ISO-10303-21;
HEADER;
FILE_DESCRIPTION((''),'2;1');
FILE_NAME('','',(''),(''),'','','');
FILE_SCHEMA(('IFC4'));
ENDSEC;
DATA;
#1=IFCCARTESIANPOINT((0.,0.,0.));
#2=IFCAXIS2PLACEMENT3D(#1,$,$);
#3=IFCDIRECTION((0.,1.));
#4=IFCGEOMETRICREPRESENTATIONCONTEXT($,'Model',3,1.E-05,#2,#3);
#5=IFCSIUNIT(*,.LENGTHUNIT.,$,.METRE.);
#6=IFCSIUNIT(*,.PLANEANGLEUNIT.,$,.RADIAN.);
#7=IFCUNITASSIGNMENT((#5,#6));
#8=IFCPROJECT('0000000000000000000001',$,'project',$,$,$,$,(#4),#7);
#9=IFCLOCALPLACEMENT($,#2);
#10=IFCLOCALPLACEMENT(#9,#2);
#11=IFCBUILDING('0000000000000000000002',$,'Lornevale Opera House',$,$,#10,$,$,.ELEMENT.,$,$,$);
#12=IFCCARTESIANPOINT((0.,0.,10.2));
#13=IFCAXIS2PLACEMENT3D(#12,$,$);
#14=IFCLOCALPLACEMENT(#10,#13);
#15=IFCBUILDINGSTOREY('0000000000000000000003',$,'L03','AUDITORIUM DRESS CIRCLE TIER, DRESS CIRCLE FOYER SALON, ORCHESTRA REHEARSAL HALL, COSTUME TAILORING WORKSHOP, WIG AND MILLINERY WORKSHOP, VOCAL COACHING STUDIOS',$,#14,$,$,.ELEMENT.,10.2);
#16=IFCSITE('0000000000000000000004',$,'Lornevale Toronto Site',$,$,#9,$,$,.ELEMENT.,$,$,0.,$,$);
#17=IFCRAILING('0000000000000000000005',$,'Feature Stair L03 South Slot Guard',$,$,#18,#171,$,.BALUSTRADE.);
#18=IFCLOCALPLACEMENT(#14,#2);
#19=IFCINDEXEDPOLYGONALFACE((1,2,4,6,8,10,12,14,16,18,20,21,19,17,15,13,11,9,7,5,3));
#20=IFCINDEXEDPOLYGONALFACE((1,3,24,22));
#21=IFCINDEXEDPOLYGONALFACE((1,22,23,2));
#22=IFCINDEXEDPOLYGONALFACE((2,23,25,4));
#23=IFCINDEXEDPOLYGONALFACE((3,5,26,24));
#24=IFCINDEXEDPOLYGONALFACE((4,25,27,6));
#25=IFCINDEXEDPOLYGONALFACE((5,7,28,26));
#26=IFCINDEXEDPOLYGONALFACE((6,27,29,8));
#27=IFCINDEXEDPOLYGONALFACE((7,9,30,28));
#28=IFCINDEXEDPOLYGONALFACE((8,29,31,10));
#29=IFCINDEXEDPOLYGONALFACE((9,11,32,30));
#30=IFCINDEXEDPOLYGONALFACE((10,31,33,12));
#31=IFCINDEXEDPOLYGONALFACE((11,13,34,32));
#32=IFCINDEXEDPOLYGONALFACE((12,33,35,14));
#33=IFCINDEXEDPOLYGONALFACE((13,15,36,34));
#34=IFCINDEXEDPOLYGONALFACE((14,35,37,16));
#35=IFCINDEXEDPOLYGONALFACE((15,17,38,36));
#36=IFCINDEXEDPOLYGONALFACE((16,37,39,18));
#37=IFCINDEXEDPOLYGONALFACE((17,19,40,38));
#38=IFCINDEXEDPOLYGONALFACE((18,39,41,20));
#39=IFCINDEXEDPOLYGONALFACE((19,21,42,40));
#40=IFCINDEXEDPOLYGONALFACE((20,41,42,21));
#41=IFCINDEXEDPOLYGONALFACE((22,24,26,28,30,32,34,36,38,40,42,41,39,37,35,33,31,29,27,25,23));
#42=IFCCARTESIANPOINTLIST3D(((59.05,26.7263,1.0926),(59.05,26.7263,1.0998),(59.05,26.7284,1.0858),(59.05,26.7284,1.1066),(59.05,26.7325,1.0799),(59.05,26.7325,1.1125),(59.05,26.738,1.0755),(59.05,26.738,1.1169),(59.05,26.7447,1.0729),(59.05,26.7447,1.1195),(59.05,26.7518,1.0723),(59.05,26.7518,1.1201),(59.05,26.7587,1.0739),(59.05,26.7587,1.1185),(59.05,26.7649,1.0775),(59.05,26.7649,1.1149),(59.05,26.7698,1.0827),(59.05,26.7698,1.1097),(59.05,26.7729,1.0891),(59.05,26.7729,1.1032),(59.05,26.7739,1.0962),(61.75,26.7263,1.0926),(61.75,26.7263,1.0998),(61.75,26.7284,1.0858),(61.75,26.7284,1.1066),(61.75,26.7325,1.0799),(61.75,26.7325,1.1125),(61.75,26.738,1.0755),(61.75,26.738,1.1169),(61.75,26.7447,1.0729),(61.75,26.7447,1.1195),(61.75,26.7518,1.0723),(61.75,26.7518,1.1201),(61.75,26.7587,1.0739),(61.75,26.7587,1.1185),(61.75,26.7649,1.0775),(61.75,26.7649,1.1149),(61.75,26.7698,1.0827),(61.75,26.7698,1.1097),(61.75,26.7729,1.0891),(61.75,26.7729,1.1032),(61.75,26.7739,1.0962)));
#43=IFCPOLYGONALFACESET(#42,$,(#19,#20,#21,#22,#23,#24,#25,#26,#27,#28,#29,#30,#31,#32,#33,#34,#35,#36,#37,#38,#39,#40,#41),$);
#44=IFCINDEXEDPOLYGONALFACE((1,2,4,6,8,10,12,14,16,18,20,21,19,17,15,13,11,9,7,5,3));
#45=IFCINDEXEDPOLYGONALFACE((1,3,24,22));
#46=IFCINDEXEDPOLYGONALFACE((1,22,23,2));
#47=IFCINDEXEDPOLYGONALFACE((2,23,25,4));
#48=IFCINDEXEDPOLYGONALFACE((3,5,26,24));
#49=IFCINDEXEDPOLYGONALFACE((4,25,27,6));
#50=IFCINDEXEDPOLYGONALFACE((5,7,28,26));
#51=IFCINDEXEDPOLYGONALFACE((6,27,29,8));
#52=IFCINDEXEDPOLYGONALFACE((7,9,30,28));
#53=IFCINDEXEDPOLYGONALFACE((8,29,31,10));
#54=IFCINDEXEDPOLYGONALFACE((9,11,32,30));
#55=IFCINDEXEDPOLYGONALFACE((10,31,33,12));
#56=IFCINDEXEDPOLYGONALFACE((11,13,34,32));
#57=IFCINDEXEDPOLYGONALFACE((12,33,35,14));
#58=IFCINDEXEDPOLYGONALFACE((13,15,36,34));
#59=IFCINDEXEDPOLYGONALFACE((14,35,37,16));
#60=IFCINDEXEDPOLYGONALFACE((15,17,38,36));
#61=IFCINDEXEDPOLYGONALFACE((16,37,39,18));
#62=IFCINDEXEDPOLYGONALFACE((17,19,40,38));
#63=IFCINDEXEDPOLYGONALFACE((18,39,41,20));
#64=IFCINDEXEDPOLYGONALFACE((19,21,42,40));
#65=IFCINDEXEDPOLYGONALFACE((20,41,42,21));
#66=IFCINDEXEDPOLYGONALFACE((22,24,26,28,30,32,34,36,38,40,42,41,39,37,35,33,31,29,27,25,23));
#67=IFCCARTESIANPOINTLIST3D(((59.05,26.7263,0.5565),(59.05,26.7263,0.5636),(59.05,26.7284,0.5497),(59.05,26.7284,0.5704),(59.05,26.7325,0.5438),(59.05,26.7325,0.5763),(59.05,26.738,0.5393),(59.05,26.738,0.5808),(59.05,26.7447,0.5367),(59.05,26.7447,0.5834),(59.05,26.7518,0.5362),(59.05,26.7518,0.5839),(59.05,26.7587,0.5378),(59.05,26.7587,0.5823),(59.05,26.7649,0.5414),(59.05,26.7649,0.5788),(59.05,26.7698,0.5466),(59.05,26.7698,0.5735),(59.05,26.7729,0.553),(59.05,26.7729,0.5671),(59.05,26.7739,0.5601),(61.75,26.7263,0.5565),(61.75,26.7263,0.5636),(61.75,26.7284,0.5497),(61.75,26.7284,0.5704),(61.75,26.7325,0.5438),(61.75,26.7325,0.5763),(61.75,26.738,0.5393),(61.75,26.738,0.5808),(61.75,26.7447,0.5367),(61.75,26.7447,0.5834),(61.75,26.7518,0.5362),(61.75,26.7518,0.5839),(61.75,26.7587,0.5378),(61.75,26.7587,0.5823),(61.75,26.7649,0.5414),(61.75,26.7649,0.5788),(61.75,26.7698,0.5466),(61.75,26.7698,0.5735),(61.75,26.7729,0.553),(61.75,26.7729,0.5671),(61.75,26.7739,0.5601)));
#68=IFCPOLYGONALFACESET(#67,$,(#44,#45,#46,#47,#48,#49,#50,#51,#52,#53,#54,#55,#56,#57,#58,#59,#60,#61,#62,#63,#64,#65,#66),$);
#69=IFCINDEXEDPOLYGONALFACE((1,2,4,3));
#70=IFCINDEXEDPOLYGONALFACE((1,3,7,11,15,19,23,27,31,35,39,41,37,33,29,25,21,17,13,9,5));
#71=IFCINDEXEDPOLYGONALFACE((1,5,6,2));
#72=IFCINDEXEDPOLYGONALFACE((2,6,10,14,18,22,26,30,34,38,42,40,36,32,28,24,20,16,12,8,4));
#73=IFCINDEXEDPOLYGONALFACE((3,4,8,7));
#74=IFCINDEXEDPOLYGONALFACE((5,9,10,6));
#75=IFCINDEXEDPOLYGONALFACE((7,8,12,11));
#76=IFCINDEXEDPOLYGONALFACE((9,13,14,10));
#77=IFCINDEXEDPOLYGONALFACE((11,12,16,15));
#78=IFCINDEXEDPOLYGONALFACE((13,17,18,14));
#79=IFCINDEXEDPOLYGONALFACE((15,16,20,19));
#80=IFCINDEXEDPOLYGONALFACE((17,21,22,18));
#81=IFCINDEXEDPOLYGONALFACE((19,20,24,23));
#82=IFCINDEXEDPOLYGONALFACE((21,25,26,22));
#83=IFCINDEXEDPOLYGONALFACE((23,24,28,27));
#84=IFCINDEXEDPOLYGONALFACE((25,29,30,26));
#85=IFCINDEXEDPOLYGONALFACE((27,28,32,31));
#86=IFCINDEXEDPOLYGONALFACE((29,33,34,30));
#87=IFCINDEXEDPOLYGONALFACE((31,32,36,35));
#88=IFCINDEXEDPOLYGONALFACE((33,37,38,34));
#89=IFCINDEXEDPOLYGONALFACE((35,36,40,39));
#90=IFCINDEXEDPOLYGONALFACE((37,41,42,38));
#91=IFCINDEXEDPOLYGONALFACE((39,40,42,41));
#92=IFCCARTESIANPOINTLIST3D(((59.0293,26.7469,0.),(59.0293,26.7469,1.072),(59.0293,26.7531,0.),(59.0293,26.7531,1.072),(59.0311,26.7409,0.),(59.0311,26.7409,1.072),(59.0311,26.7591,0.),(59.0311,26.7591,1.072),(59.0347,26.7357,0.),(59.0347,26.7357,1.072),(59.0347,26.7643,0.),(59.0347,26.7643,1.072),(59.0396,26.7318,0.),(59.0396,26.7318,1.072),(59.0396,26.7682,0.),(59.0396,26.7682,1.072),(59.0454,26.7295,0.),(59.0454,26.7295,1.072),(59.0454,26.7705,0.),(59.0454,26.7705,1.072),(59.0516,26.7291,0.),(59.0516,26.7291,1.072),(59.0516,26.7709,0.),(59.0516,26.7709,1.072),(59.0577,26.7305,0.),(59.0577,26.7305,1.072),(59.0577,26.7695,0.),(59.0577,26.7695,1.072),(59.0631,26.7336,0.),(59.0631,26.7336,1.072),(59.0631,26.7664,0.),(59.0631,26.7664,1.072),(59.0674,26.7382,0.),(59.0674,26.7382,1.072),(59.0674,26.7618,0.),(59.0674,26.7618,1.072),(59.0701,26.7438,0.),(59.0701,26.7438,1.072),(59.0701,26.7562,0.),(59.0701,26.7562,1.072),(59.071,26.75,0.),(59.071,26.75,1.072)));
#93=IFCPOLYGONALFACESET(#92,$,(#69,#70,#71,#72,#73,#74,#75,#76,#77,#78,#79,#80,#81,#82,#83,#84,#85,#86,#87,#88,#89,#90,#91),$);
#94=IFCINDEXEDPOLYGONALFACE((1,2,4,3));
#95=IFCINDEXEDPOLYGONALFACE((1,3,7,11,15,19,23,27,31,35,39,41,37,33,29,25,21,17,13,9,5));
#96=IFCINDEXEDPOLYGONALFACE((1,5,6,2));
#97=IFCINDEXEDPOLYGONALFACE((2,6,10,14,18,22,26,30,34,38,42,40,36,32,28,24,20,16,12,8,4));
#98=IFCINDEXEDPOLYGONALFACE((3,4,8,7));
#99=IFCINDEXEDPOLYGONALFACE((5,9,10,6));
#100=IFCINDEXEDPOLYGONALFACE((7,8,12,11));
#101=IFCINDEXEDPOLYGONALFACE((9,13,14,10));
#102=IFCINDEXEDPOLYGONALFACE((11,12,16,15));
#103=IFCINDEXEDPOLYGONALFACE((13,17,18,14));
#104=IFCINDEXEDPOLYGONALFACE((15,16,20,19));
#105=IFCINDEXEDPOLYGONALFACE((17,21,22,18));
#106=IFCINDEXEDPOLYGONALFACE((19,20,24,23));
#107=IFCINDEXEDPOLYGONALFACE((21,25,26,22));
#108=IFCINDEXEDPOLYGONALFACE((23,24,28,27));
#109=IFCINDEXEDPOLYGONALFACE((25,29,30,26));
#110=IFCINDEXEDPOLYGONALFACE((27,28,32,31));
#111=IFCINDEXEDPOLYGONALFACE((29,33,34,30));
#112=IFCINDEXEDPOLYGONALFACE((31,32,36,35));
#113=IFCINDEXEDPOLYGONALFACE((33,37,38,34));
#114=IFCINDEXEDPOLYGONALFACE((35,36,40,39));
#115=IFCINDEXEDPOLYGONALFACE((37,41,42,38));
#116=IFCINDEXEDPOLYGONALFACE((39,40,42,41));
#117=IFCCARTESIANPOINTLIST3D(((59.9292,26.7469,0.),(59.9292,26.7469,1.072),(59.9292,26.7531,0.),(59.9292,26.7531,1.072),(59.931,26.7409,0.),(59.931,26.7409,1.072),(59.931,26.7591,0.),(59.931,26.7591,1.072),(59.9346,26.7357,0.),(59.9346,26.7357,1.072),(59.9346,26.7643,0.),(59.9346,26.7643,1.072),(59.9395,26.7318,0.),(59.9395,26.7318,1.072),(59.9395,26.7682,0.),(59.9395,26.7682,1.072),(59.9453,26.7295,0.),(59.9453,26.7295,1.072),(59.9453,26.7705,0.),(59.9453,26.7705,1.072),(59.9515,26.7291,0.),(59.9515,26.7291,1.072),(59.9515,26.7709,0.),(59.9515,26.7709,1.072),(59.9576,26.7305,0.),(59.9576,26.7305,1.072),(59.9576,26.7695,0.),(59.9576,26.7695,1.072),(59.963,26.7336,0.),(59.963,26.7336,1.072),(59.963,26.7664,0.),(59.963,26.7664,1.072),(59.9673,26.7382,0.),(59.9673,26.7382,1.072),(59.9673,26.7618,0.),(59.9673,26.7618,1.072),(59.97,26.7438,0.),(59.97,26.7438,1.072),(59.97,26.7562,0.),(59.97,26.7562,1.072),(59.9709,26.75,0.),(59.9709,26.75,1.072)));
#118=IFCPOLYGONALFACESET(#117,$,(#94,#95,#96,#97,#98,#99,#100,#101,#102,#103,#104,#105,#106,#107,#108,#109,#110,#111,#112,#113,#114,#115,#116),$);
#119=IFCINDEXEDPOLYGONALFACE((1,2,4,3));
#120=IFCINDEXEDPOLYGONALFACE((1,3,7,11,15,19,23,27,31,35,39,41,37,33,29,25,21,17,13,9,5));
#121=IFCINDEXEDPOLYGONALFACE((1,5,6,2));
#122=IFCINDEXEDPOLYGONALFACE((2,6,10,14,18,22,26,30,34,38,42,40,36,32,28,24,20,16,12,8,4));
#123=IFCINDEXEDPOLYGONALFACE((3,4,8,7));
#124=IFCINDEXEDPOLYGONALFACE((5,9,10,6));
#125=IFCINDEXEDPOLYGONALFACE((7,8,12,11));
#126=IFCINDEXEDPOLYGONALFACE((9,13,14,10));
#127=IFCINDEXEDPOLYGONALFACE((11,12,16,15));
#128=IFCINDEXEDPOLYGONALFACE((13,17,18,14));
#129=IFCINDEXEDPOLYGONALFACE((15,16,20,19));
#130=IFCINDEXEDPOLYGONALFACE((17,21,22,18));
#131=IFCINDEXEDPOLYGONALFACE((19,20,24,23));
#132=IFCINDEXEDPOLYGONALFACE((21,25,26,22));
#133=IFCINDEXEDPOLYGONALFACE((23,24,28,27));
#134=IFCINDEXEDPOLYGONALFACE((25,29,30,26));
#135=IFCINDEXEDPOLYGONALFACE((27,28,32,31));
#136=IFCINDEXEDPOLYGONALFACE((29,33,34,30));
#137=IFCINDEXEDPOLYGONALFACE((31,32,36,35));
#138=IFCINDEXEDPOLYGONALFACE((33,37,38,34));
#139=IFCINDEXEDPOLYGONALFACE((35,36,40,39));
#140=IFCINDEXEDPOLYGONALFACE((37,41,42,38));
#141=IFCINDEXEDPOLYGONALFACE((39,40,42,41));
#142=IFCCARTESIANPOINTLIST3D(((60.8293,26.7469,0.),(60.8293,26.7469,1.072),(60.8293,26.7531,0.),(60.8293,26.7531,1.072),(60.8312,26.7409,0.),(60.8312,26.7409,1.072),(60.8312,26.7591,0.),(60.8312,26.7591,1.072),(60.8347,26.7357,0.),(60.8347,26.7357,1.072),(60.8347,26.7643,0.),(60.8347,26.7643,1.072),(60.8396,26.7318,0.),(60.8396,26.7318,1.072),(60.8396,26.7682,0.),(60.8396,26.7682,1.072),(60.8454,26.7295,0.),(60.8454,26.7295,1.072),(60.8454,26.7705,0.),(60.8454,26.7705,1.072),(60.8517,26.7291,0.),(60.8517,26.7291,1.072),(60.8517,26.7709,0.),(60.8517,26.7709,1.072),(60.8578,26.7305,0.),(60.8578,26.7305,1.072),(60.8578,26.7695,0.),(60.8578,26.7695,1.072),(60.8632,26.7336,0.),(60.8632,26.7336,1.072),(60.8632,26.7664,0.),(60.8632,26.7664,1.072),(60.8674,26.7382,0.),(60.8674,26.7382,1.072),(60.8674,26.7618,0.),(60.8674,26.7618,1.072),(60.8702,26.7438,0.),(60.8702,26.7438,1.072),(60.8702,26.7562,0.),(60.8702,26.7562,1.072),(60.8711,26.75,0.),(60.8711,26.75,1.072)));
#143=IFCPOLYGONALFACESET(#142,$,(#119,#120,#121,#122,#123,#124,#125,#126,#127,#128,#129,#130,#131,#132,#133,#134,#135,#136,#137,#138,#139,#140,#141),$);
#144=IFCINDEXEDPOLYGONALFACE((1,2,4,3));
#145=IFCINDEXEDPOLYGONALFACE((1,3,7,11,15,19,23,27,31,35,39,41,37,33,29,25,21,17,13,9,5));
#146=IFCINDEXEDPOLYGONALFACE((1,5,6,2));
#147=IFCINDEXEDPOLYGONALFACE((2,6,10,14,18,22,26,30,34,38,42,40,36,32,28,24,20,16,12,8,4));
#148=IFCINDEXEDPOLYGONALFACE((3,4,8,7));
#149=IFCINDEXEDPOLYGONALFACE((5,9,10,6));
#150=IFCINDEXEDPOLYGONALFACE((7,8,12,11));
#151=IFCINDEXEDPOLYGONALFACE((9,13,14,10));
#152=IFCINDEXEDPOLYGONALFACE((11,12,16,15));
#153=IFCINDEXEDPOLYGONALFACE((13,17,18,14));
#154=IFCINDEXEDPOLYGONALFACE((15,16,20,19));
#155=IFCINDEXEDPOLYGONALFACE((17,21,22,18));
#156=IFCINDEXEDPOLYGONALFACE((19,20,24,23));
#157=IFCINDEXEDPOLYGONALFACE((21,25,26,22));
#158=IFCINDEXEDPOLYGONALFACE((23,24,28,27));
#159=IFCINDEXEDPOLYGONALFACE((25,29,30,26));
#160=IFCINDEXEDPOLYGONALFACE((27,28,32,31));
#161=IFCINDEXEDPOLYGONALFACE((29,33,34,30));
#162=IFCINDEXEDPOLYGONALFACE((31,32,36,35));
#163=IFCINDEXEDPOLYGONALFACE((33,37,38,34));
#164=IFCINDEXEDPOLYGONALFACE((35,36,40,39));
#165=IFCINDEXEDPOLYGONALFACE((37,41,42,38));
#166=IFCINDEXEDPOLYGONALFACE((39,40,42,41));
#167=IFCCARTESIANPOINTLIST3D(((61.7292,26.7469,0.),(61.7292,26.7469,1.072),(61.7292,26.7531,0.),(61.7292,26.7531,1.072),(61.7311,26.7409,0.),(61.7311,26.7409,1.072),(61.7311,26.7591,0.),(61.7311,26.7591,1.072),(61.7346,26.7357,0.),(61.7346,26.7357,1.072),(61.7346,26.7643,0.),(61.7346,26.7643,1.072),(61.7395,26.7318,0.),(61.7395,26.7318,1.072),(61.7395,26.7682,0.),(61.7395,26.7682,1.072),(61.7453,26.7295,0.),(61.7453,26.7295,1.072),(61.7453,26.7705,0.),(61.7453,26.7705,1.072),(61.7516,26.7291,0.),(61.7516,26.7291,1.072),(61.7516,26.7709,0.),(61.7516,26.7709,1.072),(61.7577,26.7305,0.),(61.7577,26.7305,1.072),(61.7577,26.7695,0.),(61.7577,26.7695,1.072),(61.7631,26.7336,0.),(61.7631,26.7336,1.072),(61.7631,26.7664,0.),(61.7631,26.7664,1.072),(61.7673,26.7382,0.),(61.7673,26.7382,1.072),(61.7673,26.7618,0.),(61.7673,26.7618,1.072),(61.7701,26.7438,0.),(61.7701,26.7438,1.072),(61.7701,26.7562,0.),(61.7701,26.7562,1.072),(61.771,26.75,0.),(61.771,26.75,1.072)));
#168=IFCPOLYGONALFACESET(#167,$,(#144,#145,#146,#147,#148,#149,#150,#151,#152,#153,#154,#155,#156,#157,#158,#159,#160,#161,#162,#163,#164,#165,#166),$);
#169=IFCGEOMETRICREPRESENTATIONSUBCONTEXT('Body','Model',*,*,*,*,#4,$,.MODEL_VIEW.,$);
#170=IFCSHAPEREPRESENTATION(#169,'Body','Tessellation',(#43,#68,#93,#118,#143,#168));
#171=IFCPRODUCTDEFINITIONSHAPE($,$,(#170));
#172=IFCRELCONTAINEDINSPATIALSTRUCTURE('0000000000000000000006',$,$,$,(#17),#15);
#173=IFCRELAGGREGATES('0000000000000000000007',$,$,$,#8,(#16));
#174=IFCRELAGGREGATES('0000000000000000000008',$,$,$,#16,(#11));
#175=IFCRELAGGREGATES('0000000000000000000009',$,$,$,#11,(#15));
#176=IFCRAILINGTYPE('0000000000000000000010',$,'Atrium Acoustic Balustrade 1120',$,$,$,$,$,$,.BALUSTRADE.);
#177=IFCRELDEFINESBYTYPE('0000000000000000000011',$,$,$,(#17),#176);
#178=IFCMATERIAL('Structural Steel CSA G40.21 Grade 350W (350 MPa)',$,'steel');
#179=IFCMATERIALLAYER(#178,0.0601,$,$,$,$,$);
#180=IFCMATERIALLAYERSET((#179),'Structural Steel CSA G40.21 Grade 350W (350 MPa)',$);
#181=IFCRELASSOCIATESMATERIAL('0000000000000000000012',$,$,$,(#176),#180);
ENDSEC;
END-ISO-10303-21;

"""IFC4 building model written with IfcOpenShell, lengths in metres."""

from ifc_helpers import new_model, si_unit, direction, frame, origin, origin_2d, place, context, subcontext, project, spatial, circle, extrude, material, layer, layer_set, type_object, element, save


model = new_model("IFC4")

# Units and contexts
model_context = context("Model", 3, precision=1e-05, world=origin(), true_north=direction((0.0, 1.0)))
body_context = subcontext(model_context, "Body", "Model", "MODEL_VIEW")
ifc_project = project(units=[si_unit("LENGTHUNIT", "METRE"), si_unit("PLANEANGLEUNIT", "RADIAN")], contexts=[model_context])

# Site, building, storey
site_placement = place(None, origin())
site = spatial("IfcSite", under=ifc_project, at=site_placement, Name="Lornevale Toronto Site", CompositionType="ELEMENT", RefElevation=0.0)
building_placement = place(site_placement, origin())
building = spatial("IfcBuilding", under=site, at=building_placement, Name="Lornevale Opera House", CompositionType="ELEMENT")
storey_placement = place(building_placement, frame((0.0, 0.0, 10.2)))
storey = spatial("IfcBuildingStorey", under=building, at=storey_placement, Name="L03", Description="AUDITORIUM DRESS CIRCLE TIER, DRESS CIRCLE FOYER SALON, ORCHESTRA REHEARSAL HALL, COSTUME TAILORING WORKSHOP, WIG AND MILLINERY WORKSHOP, VOCAL COACHING STUDIOS", CompositionType="ELEMENT", Elevation=10.2)

# Shared definitions
ifc_material_1 = material(Name="Structural Steel CSA G40.21 Grade 350W (350 MPa)", Category="steel")

# Railing
ifc_layer_1 = layer(ifc_material_1, 0.0601)
ifc_layer_set_1 = layer_set([ifc_layer_1], Name="Structural Steel CSA G40.21 Grade 350W (350 MPa)")
railing_type = type_object("IfcRailingType", Name="Atrium Acoustic Balustrade 1120", PredefinedType="BALUSTRADE", material=ifc_layer_set_1)
railing_placement = place(storey_placement, frame((59.05, 26.75, 0.0)))
element("IfcRailing", 1, at=railing_placement, inside=storey, type_object=railing_type, Name="Feature Stair L03 South Slot Guard", PredefinedType="BALUSTRADE", context=body_context, shape_type="SweptSolid", body=[
    extrude(circle(Radius=0.0239, at=origin_2d()), frame((0.0, 0.0, 1.0962), z_axis=(1.0, 0.0, 0.0), x_axis=(0.0, 1.0, 0.0)), (0.0, 0.0, 1.0), 2.7),
    extrude(circle(Radius=0.0239, at=origin_2d()), frame((0.0, 0.0, 0.5601), z_axis=(1.0, 0.0, 0.0), x_axis=(0.0, 1.0, 0.0)), (0.0, 0.0, 1.0), 2.7),
    extrude(circle(Radius=0.021, at=origin_2d()), origin(), (0.0, 0.0, 1.0), 1.072),
    extrude(circle(Radius=0.021, at=origin_2d()), frame((0.8999, 0.0, 0.0)), (0.0, 0.0, 1.0), 1.072),
    extrude(circle(Radius=0.021, at=origin_2d()), frame((1.8, 0.0, 0.0)), (0.0, 0.0, 1.0), 1.072),
    extrude(circle(Radius=0.021, at=origin_2d()), frame((2.7, 0.0, 0.0)), (0.0, 0.0, 1.0), 1.072),
])

save(model, "model.ifc")
